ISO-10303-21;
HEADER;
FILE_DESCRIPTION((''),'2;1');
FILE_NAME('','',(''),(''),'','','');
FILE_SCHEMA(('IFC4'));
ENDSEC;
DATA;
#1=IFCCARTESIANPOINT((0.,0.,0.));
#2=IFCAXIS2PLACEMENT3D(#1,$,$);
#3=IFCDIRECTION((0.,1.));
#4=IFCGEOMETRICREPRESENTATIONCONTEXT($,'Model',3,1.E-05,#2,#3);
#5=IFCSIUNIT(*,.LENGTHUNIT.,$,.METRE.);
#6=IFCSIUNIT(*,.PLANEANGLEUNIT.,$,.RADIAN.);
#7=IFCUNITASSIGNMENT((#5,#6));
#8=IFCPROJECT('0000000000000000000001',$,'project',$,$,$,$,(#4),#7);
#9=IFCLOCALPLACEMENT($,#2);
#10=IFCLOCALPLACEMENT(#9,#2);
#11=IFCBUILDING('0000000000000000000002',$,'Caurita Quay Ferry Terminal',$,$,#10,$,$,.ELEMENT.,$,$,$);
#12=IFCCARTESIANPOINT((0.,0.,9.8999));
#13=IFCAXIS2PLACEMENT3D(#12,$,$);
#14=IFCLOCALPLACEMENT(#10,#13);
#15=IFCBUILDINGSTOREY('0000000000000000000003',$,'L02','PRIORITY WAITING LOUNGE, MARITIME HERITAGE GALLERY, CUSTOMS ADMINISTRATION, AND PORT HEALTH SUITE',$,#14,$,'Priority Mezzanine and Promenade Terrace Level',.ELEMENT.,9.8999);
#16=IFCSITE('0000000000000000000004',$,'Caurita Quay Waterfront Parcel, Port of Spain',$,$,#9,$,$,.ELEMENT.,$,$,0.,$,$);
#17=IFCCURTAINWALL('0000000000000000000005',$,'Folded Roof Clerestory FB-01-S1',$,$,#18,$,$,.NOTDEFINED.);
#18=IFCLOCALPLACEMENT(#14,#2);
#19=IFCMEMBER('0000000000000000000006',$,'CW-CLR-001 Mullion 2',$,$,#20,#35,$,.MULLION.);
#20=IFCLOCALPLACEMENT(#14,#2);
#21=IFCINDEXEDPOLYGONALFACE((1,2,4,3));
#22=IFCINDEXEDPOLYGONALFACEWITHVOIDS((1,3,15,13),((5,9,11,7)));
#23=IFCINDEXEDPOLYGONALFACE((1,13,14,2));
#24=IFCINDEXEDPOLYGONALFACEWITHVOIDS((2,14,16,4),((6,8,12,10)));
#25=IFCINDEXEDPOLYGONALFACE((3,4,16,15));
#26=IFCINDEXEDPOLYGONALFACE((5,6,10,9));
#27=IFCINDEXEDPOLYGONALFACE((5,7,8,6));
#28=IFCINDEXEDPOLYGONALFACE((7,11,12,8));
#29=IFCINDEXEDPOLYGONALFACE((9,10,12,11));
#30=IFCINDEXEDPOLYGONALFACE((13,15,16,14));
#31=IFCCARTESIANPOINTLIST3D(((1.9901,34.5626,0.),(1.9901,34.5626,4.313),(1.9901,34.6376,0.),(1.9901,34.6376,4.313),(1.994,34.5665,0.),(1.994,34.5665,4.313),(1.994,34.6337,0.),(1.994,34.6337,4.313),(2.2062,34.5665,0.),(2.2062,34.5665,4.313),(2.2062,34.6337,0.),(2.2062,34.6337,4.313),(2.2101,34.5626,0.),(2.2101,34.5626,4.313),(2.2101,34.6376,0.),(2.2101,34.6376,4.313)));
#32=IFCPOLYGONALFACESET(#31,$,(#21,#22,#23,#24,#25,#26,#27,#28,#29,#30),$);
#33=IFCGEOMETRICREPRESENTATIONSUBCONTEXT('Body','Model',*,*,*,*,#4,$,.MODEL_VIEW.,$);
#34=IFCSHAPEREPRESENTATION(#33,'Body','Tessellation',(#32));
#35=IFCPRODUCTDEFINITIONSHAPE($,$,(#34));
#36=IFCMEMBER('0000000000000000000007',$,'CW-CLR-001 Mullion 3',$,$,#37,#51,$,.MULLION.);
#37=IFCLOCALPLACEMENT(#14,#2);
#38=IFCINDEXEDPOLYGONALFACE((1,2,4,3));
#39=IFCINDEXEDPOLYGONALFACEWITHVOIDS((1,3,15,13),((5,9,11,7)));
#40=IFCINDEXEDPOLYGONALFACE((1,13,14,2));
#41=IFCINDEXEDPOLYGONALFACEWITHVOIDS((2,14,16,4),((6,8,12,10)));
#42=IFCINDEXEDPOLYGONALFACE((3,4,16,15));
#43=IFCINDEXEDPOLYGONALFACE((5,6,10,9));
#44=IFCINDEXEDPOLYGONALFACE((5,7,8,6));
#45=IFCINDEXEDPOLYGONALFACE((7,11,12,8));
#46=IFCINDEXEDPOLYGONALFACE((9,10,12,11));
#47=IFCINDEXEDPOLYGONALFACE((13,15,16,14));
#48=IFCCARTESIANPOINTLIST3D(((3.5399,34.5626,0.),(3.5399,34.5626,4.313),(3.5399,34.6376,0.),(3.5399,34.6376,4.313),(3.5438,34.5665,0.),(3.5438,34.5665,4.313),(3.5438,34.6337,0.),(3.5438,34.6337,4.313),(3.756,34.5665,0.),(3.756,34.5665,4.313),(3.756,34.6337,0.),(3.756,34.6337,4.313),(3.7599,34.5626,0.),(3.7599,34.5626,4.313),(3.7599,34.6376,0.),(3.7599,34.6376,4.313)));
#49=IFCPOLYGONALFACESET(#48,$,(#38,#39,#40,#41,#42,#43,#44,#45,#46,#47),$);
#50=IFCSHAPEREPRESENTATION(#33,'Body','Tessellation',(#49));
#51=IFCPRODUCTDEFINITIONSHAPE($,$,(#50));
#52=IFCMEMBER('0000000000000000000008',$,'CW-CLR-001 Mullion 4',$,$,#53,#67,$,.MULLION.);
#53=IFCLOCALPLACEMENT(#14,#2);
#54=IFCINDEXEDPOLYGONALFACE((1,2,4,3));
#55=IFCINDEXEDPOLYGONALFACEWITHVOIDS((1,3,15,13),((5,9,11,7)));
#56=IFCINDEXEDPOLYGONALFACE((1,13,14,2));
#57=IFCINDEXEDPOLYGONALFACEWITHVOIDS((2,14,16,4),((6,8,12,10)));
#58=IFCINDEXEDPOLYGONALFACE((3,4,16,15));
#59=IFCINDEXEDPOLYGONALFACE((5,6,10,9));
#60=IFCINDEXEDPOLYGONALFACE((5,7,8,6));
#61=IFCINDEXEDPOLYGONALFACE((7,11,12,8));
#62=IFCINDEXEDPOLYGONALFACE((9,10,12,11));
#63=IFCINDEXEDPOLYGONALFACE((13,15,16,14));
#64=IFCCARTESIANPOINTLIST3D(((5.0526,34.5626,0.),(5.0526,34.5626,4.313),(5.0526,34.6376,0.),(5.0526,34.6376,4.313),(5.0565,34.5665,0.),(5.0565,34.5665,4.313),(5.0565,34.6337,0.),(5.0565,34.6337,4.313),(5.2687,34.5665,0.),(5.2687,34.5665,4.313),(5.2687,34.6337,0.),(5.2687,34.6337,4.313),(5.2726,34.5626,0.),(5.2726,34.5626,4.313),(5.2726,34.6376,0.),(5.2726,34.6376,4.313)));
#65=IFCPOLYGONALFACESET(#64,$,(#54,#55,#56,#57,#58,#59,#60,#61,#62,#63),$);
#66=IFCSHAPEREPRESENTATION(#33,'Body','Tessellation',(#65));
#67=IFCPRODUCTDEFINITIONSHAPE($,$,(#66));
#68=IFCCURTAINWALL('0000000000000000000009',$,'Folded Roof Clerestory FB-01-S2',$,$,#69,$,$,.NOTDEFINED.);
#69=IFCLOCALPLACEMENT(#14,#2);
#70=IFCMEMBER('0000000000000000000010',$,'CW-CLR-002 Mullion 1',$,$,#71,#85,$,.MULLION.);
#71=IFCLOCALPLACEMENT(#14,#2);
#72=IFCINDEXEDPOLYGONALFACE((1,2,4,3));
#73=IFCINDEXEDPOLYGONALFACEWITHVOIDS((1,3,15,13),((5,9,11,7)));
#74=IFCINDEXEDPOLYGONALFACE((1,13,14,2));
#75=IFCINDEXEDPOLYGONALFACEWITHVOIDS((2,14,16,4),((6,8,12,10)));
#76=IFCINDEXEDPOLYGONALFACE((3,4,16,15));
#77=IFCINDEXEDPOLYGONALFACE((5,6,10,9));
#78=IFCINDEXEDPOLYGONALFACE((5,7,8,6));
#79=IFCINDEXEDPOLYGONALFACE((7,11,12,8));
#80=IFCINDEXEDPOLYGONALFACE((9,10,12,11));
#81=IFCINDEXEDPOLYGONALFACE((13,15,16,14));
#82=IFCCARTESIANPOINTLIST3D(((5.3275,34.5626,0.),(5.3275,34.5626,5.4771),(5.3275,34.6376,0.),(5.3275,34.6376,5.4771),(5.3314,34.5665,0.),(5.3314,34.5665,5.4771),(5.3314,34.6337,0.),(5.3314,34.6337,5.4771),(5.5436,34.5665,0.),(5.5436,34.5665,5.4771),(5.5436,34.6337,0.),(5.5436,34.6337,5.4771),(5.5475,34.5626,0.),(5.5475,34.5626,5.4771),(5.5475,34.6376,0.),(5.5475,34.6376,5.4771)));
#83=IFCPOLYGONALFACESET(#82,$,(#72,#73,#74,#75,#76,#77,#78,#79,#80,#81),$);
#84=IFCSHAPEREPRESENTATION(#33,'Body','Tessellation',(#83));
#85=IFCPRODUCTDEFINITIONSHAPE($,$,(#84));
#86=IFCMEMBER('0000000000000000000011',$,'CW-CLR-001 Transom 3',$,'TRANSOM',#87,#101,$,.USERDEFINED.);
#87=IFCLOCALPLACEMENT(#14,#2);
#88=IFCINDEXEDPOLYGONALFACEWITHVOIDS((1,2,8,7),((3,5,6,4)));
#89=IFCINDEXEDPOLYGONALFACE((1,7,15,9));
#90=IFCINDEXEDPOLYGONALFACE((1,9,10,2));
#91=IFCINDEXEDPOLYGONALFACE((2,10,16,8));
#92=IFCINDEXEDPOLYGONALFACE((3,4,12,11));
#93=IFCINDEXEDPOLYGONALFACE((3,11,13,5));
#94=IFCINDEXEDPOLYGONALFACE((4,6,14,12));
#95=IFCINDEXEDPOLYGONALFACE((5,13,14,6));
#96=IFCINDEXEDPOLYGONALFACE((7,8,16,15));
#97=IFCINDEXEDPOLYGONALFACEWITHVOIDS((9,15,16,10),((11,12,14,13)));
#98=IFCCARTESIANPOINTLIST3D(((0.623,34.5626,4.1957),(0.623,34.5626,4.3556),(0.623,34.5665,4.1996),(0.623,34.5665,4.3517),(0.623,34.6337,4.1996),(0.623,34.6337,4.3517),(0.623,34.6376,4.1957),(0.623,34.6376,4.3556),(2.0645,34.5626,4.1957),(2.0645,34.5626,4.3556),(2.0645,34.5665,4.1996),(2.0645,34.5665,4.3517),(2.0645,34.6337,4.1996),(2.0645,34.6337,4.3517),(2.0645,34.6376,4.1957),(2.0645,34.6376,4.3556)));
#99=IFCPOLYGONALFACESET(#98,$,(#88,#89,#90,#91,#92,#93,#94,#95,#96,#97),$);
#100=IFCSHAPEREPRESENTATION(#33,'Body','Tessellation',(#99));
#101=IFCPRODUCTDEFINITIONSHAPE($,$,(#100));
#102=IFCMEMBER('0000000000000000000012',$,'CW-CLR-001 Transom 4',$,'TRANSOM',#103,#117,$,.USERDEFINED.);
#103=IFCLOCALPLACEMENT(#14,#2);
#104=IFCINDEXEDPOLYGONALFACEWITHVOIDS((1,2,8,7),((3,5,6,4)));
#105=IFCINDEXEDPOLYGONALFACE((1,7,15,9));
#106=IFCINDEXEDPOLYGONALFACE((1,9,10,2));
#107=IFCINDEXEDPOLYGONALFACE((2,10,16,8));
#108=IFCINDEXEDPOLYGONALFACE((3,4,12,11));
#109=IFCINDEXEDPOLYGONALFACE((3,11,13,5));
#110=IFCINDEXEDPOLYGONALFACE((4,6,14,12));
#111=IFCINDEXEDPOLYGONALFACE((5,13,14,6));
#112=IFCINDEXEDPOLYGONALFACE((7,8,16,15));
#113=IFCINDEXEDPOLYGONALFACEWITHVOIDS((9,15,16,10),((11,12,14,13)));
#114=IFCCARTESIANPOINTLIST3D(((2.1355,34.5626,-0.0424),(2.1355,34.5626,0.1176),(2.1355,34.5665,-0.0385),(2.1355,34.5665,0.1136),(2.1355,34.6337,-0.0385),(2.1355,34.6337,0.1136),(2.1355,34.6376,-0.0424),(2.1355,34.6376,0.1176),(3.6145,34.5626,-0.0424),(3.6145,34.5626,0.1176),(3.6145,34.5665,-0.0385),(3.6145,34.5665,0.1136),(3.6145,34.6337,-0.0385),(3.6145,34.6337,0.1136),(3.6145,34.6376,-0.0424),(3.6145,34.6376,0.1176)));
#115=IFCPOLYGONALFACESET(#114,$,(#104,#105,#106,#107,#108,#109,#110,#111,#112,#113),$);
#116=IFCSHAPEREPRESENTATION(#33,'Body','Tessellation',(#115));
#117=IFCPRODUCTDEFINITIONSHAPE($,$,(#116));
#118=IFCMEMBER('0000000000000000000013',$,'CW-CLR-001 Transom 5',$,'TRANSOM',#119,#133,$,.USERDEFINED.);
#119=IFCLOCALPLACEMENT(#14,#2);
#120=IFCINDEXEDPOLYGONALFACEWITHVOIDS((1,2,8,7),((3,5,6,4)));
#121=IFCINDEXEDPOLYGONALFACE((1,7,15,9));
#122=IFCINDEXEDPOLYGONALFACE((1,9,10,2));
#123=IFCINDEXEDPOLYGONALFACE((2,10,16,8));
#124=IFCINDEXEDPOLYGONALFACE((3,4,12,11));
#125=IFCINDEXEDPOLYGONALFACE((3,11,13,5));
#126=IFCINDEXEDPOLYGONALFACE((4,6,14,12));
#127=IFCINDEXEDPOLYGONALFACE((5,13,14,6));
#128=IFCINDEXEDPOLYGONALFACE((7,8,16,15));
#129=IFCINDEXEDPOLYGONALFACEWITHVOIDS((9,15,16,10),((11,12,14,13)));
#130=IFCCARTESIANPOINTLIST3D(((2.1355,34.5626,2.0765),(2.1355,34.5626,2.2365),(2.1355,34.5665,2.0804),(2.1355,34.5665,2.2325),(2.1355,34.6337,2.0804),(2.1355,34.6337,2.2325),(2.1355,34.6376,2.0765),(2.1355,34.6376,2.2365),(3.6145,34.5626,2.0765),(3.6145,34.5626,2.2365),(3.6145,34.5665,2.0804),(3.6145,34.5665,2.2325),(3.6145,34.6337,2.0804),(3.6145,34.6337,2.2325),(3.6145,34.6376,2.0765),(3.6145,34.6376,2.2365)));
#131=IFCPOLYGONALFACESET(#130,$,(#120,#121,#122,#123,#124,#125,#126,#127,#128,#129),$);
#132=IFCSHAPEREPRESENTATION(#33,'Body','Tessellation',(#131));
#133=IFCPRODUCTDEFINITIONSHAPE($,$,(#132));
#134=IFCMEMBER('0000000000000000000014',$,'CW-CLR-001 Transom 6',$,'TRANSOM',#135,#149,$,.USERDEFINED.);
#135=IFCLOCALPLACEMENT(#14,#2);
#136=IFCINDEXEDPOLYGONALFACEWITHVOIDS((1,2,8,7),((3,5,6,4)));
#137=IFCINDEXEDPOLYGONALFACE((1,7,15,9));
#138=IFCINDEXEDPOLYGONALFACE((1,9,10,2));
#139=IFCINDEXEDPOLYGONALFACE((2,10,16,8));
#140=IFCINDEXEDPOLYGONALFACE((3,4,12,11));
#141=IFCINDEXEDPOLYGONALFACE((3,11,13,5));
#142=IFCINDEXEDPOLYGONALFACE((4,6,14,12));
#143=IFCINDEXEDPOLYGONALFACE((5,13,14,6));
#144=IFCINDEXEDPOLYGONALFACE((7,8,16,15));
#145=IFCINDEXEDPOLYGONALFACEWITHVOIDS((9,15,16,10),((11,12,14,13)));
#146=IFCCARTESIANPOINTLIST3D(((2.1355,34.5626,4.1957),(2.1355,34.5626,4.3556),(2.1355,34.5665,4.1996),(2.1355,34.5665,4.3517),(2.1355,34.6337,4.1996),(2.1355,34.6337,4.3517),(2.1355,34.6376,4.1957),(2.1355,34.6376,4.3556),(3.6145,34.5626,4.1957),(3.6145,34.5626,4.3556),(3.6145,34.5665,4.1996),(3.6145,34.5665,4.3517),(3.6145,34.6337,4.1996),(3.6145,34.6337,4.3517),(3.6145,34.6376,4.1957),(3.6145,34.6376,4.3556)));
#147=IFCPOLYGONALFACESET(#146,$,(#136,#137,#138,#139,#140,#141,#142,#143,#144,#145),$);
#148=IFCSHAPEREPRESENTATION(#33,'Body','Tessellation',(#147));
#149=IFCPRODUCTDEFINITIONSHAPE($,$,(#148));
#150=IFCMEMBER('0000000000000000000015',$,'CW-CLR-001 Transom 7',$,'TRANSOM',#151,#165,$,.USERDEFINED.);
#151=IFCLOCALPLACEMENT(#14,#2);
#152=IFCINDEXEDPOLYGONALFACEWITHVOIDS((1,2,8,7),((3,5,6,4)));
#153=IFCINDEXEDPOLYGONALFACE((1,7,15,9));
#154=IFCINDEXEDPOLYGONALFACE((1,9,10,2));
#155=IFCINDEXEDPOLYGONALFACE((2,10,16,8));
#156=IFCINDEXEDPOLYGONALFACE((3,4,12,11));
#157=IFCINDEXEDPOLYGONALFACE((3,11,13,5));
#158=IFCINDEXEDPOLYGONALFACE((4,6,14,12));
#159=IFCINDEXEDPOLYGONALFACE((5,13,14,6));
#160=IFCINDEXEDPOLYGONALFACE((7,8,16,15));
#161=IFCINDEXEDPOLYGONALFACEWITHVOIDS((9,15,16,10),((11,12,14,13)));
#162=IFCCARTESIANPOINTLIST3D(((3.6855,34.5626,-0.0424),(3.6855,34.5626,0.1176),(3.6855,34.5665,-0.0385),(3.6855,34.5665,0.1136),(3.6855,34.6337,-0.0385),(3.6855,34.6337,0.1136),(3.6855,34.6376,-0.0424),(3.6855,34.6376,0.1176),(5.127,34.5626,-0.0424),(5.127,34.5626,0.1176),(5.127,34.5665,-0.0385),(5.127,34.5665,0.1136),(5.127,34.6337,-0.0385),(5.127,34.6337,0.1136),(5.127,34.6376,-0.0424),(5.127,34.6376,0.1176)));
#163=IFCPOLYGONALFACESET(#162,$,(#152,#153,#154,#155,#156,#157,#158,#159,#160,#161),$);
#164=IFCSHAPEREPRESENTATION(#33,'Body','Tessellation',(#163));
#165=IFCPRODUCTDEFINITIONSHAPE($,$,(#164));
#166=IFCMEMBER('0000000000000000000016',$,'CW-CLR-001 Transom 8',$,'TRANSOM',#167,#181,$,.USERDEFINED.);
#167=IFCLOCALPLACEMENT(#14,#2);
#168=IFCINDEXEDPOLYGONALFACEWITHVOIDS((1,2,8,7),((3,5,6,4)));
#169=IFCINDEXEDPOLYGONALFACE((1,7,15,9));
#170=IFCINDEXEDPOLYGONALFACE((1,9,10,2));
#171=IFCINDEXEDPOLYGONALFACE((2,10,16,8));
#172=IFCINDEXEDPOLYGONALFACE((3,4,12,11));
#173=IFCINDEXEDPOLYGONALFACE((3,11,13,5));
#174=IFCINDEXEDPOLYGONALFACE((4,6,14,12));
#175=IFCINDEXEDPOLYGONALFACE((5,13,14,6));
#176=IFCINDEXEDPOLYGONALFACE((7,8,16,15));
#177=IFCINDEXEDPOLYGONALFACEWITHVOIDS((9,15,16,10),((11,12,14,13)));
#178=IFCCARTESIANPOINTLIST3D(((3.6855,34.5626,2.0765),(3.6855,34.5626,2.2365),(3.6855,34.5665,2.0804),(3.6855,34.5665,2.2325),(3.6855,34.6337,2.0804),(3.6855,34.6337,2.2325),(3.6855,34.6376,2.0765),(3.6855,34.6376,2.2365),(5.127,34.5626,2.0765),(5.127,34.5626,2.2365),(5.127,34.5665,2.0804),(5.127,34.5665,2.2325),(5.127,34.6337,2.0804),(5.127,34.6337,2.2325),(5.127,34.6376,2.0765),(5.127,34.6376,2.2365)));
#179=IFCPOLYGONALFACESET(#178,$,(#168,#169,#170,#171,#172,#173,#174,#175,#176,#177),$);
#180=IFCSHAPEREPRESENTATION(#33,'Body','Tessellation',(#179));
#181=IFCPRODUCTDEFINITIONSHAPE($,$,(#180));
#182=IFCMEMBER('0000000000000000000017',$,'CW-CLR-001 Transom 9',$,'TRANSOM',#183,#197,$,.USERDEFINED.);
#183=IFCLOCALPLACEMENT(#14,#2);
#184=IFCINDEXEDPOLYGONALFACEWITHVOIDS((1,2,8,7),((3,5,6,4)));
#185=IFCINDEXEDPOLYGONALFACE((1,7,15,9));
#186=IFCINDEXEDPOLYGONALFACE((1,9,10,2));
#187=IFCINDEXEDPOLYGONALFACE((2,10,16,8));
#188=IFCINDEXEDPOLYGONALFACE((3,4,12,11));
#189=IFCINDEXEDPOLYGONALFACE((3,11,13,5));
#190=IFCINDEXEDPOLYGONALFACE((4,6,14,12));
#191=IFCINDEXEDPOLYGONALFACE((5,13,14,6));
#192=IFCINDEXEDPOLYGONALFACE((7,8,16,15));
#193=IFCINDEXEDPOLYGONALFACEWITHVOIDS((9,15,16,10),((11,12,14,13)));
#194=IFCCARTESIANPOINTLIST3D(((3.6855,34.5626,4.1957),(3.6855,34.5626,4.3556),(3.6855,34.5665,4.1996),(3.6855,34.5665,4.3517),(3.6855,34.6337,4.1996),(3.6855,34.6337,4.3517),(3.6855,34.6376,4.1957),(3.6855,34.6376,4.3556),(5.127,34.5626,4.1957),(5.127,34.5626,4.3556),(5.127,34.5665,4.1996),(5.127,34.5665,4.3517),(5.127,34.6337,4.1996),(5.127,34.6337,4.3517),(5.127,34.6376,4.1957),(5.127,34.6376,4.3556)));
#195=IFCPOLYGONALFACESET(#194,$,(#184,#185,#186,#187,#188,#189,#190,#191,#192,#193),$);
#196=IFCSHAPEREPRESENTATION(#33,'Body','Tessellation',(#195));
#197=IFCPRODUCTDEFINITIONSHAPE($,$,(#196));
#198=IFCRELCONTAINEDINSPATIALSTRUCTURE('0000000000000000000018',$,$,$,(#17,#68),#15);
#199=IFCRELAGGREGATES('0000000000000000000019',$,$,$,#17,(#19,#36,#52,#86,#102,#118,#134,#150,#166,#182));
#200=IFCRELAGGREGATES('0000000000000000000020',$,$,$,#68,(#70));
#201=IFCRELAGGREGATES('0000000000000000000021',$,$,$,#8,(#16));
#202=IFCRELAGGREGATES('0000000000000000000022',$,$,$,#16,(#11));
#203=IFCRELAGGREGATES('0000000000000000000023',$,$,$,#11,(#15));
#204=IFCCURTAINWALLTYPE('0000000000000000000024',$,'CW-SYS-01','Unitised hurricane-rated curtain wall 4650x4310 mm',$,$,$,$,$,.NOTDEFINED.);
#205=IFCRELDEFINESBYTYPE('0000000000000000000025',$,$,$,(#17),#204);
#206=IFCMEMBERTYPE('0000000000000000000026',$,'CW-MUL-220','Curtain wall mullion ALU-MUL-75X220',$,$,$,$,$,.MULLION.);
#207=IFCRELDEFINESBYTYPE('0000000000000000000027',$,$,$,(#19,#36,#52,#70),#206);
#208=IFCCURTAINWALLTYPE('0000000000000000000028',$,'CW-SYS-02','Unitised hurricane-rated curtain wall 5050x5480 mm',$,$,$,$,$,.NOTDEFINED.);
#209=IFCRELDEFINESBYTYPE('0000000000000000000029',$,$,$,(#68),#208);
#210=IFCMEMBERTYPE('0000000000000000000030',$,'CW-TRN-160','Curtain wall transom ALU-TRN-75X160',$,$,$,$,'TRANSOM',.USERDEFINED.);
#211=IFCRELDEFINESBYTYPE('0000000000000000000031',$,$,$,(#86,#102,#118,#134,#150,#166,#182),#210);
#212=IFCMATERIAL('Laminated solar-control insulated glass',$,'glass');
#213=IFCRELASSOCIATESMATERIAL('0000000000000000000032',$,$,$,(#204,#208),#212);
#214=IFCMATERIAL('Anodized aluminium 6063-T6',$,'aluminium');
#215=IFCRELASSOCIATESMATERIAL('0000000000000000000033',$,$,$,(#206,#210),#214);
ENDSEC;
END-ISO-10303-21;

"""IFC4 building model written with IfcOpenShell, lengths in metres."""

from ifc_helpers import new_model, si_unit, direction, frame, origin, origin_2d, place, context, subcontext, project, spatial, hollow_rectangle, extrude, material, material_profile, profile_set, type_object, element, aggregate, save


model = new_model("IFC4")

# Units and contexts
model_context = context("Model", 3, precision=1e-05, world=origin(), true_north=direction((0.0, 1.0)))
body_context = subcontext(model_context, "Body", "Model", "MODEL_VIEW")
ifc_project = project(units=[si_unit("LENGTHUNIT", "METRE"), si_unit("PLANEANGLEUNIT", "RADIAN")], contexts=[model_context])

# Site, building, storey
site_placement = place(None, origin())
site = spatial("IfcSite", under=ifc_project, at=site_placement, Name="Caurita Quay Waterfront Parcel, Port of Spain", CompositionType="ELEMENT", RefElevation=0.0)
building_placement = place(site_placement, origin())
building = spatial("IfcBuilding", under=site, at=building_placement, Name="Caurita Quay Ferry Terminal", CompositionType="ELEMENT")
storey_placement = place(building_placement, frame((0.0, 0.0, 9.8999)))
storey = spatial("IfcBuildingStorey", under=building, at=storey_placement, Name="L02", Description="PRIORITY WAITING LOUNGE, MARITIME HERITAGE GALLERY, CUSTOMS ADMINISTRATION, AND PORT HEALTH SUITE", LongName="Priority Mezzanine and Promenade Terrace Level", CompositionType="ELEMENT", Elevation=9.8999)

# Curtain wall, members
ifc_material_1 = material(Name="Laminated solar-control insulated glass", Category="glass")
curtain_wall_type_1 = type_object("IfcCurtainWallType", Name="CW-SYS-01", Description="Unitised hurricane-rated curtain wall 4650x4310 mm", PredefinedType="NOTDEFINED", material=ifc_material_1)
curtain_wall_1_placement = place(storey_placement, origin())
curtain_wall_1 = element("IfcCurtainWall", 1, at=curtain_wall_1_placement, inside=storey, type_object=curtain_wall_type_1, Name="Folded Roof Clerestory FB-01-S1", PredefinedType="NOTDEFINED")
ifc_material_2 = material(Name="Anodized aluminium 6063-T6", Category="aluminium")
ifc_material_profile_1 = material_profile(ifc_material_2, hollow_rectangle(XDim=0.075, YDim=0.22, WallThickness=0.0039, at=origin_2d()), Name="ALU-MUL-75X220")
ifc_profile_set_1 = profile_set([ifc_material_profile_1], Name="Anodized aluminium 6063-T6")
member_type_1 = type_object("IfcMemberType", Name="CW-MUL-220", Description="Curtain wall mullion ALU-MUL-75X220", PredefinedType="MULLION", material=ifc_profile_set_1)
member_1_placement = place(storey_placement, frame((2.1001, 34.6001, 0.0), z_axis=(0.0, 0.0, 1.0), x_axis=(0.0, 1.0, 0.0)))
member_1 = element("IfcMember", 2, at=member_1_placement, type_object=member_type_1, Name="CW-CLR-001 Mullion 2", PredefinedType="MULLION", context=body_context, shape_type="SweptSolid", body=[
    extrude(hollow_rectangle(XDim=0.075, YDim=0.22, WallThickness=0.0039, at=origin_2d()), origin(), (0.0, 0.0, 1.0), 4.313),
])
member_2_placement = place(storey_placement, frame((3.6499, 34.6001, 0.0), z_axis=(0.0, 0.0, 1.0), x_axis=(0.0, 1.0, 0.0)))
member_2 = element("IfcMember", 3, at=member_2_placement, type_object=member_type_1, Name="CW-CLR-001 Mullion 3", PredefinedType="MULLION", context=body_context, shape_type="SweptSolid", body=[
    extrude(hollow_rectangle(XDim=0.075, YDim=0.22, WallThickness=0.0039, at=origin_2d()), origin(), (0.0, 0.0, 1.0), 4.313),
])
member_3_placement = place(storey_placement, frame((5.1626, 34.6001, 0.0), z_axis=(0.0, 0.0, 1.0), x_axis=(0.0, 1.0, 0.0)))
member_3 = element("IfcMember", 4, at=member_3_placement, type_object=member_type_1, Name="CW-CLR-001 Mullion 4", PredefinedType="MULLION", context=body_context, shape_type="SweptSolid", body=[
    extrude(hollow_rectangle(XDim=0.075, YDim=0.22, WallThickness=0.0039, at=origin_2d()), origin(), (0.0, 0.0, 1.0), 4.313),
])

# Curtain wall, member
curtain_wall_type_2 = type_object("IfcCurtainWallType", Name="CW-SYS-02", Description="Unitised hurricane-rated curtain wall 5050x5480 mm", PredefinedType="NOTDEFINED", material=ifc_material_1)
curtain_wall_2_placement = place(storey_placement, origin())
curtain_wall_2 = element("IfcCurtainWall", 5, at=curtain_wall_2_placement, inside=storey, type_object=curtain_wall_type_2, Name="Folded Roof Clerestory FB-01-S2", PredefinedType="NOTDEFINED")
member_4_placement = place(storey_placement, frame((5.4375, 34.6001, 0.0), z_axis=(0.0, 0.0, 1.0), x_axis=(0.0, 1.0, 0.0)))
member_4 = element("IfcMember", 6, at=member_4_placement, type_object=member_type_1, Name="CW-CLR-002 Mullion 1", PredefinedType="MULLION", context=body_context, shape_type="SweptSolid", body=[
    extrude(hollow_rectangle(XDim=0.075, YDim=0.22, WallThickness=0.0039, at=origin_2d()), origin(), (0.0, 0.0, 1.0), 5.4771),
])

# Members
ifc_material_profile_2 = material_profile(ifc_material_2, hollow_rectangle(XDim=0.075, YDim=0.1599, WallThickness=0.0039, at=origin_2d()), Name="ALU-TRN-75X160")
ifc_profile_set_2 = profile_set([ifc_material_profile_2], Name="Anodized aluminium 6063-T6")
member_type_2 = type_object("IfcMemberType", Name="CW-TRN-160", Description="Curtain wall transom ALU-TRN-75X160", ElementType="TRANSOM", PredefinedType="USERDEFINED", material=ifc_profile_set_2)
member_5_placement = place(storey_placement, frame((0.623, 34.6001, 4.2756), z_axis=(1.0, 0.0, 0.0), x_axis=(0.0, 1.0, 0.0)))
member_5 = element("IfcMember", 7, at=member_5_placement, type_object=member_type_2, Name="CW-CLR-001 Transom 3", ObjectType="TRANSOM", PredefinedType="USERDEFINED", context=body_context, shape_type="SweptSolid", body=[
    extrude(hollow_rectangle(XDim=0.075, YDim=0.1599, WallThickness=0.0039, at=origin_2d()), origin(), (0.0, 0.0, 1.0), 1.4414),
])
member_6_placement = place(storey_placement, frame((2.1355, 34.6001, 0.0376), z_axis=(1.0, 0.0, 0.0), x_axis=(0.0, 1.0, 0.0)))
member_6 = element("IfcMember", 8, at=member_6_placement, type_object=member_type_2, Name="CW-CLR-001 Transom 4", ObjectType="TRANSOM", PredefinedType="USERDEFINED", context=body_context, shape_type="SweptSolid", body=[
    extrude(hollow_rectangle(XDim=0.075, YDim=0.1599, WallThickness=0.0039, at=origin_2d()), origin(), (0.0, 0.0, 1.0), 1.479),
])
member_7_placement = place(storey_placement, frame((2.1355, 34.6001, 2.1565), z_axis=(1.0, 0.0, 0.0), x_axis=(0.0, 1.0, 0.0)))
member_7 = element("IfcMember", 9, at=member_7_placement, type_object=member_type_2, Name="CW-CLR-001 Transom 5", ObjectType="TRANSOM", PredefinedType="USERDEFINED", context=body_context, shape_type="SweptSolid", body=[
    extrude(hollow_rectangle(XDim=0.075, YDim=0.1599, WallThickness=0.0039, at=origin_2d()), origin(), (0.0, 0.0, 1.0), 1.479),
])
member_8_placement = place(storey_placement, frame((2.1355, 34.6001, 4.2756), z_axis=(1.0, 0.0, 0.0), x_axis=(0.0, 1.0, 0.0)))
member_8 = element("IfcMember", 10, at=member_8_placement, type_object=member_type_2, Name="CW-CLR-001 Transom 6", ObjectType="TRANSOM", PredefinedType="USERDEFINED", context=body_context, shape_type="SweptSolid", body=[
    extrude(hollow_rectangle(XDim=0.075, YDim=0.1599, WallThickness=0.0039, at=origin_2d()), origin(), (0.0, 0.0, 1.0), 1.479),
])
member_9_placement = place(storey_placement, frame((3.6855, 34.6001, 0.0376), z_axis=(1.0, 0.0, 0.0), x_axis=(0.0, 1.0, 0.0)))
member_9 = element("IfcMember", 11, at=member_9_placement, type_object=member_type_2, Name="CW-CLR-001 Transom 7", ObjectType="TRANSOM", PredefinedType="USERDEFINED", context=body_context, shape_type="SweptSolid", body=[
    extrude(hollow_rectangle(XDim=0.075, YDim=0.1599, WallThickness=0.0039, at=origin_2d()), origin(), (0.0, 0.0, 1.0), 1.4414),
])
member_10_placement = place(storey_placement, frame((3.6855, 34.6001, 2.1565), z_axis=(1.0, 0.0, 0.0), x_axis=(0.0, 1.0, 0.0)))
member_10 = element("IfcMember", 12, at=member_10_placement, type_object=member_type_2, Name="CW-CLR-001 Transom 8", ObjectType="TRANSOM", PredefinedType="USERDEFINED", context=body_context, shape_type="SweptSolid", body=[
    extrude(hollow_rectangle(XDim=0.075, YDim=0.1599, WallThickness=0.0039, at=origin_2d()), origin(), (0.0, 0.0, 1.0), 1.4414),
])
member_11_placement = place(storey_placement, frame((3.6855, 34.6001, 4.2756), z_axis=(1.0, 0.0, 0.0), x_axis=(0.0, 1.0, 0.0)))
member_11 = element("IfcMember", 13, at=member_11_placement, type_object=member_type_2, Name="CW-CLR-001 Transom 9", ObjectType="TRANSOM", PredefinedType="USERDEFINED", context=body_context, shape_type="SweptSolid", body=[
    extrude(hollow_rectangle(XDim=0.075, YDim=0.1599, WallThickness=0.0039, at=origin_2d()), origin(), (0.0, 0.0, 1.0), 1.4414),
])

aggregate(curtain_wall_1, [member_1, member_2, member_3, member_5, member_6, member_7, member_8, member_9, member_10, member_11])
aggregate(curtain_wall_2, [member_4])

save(model, "model.ifc")
